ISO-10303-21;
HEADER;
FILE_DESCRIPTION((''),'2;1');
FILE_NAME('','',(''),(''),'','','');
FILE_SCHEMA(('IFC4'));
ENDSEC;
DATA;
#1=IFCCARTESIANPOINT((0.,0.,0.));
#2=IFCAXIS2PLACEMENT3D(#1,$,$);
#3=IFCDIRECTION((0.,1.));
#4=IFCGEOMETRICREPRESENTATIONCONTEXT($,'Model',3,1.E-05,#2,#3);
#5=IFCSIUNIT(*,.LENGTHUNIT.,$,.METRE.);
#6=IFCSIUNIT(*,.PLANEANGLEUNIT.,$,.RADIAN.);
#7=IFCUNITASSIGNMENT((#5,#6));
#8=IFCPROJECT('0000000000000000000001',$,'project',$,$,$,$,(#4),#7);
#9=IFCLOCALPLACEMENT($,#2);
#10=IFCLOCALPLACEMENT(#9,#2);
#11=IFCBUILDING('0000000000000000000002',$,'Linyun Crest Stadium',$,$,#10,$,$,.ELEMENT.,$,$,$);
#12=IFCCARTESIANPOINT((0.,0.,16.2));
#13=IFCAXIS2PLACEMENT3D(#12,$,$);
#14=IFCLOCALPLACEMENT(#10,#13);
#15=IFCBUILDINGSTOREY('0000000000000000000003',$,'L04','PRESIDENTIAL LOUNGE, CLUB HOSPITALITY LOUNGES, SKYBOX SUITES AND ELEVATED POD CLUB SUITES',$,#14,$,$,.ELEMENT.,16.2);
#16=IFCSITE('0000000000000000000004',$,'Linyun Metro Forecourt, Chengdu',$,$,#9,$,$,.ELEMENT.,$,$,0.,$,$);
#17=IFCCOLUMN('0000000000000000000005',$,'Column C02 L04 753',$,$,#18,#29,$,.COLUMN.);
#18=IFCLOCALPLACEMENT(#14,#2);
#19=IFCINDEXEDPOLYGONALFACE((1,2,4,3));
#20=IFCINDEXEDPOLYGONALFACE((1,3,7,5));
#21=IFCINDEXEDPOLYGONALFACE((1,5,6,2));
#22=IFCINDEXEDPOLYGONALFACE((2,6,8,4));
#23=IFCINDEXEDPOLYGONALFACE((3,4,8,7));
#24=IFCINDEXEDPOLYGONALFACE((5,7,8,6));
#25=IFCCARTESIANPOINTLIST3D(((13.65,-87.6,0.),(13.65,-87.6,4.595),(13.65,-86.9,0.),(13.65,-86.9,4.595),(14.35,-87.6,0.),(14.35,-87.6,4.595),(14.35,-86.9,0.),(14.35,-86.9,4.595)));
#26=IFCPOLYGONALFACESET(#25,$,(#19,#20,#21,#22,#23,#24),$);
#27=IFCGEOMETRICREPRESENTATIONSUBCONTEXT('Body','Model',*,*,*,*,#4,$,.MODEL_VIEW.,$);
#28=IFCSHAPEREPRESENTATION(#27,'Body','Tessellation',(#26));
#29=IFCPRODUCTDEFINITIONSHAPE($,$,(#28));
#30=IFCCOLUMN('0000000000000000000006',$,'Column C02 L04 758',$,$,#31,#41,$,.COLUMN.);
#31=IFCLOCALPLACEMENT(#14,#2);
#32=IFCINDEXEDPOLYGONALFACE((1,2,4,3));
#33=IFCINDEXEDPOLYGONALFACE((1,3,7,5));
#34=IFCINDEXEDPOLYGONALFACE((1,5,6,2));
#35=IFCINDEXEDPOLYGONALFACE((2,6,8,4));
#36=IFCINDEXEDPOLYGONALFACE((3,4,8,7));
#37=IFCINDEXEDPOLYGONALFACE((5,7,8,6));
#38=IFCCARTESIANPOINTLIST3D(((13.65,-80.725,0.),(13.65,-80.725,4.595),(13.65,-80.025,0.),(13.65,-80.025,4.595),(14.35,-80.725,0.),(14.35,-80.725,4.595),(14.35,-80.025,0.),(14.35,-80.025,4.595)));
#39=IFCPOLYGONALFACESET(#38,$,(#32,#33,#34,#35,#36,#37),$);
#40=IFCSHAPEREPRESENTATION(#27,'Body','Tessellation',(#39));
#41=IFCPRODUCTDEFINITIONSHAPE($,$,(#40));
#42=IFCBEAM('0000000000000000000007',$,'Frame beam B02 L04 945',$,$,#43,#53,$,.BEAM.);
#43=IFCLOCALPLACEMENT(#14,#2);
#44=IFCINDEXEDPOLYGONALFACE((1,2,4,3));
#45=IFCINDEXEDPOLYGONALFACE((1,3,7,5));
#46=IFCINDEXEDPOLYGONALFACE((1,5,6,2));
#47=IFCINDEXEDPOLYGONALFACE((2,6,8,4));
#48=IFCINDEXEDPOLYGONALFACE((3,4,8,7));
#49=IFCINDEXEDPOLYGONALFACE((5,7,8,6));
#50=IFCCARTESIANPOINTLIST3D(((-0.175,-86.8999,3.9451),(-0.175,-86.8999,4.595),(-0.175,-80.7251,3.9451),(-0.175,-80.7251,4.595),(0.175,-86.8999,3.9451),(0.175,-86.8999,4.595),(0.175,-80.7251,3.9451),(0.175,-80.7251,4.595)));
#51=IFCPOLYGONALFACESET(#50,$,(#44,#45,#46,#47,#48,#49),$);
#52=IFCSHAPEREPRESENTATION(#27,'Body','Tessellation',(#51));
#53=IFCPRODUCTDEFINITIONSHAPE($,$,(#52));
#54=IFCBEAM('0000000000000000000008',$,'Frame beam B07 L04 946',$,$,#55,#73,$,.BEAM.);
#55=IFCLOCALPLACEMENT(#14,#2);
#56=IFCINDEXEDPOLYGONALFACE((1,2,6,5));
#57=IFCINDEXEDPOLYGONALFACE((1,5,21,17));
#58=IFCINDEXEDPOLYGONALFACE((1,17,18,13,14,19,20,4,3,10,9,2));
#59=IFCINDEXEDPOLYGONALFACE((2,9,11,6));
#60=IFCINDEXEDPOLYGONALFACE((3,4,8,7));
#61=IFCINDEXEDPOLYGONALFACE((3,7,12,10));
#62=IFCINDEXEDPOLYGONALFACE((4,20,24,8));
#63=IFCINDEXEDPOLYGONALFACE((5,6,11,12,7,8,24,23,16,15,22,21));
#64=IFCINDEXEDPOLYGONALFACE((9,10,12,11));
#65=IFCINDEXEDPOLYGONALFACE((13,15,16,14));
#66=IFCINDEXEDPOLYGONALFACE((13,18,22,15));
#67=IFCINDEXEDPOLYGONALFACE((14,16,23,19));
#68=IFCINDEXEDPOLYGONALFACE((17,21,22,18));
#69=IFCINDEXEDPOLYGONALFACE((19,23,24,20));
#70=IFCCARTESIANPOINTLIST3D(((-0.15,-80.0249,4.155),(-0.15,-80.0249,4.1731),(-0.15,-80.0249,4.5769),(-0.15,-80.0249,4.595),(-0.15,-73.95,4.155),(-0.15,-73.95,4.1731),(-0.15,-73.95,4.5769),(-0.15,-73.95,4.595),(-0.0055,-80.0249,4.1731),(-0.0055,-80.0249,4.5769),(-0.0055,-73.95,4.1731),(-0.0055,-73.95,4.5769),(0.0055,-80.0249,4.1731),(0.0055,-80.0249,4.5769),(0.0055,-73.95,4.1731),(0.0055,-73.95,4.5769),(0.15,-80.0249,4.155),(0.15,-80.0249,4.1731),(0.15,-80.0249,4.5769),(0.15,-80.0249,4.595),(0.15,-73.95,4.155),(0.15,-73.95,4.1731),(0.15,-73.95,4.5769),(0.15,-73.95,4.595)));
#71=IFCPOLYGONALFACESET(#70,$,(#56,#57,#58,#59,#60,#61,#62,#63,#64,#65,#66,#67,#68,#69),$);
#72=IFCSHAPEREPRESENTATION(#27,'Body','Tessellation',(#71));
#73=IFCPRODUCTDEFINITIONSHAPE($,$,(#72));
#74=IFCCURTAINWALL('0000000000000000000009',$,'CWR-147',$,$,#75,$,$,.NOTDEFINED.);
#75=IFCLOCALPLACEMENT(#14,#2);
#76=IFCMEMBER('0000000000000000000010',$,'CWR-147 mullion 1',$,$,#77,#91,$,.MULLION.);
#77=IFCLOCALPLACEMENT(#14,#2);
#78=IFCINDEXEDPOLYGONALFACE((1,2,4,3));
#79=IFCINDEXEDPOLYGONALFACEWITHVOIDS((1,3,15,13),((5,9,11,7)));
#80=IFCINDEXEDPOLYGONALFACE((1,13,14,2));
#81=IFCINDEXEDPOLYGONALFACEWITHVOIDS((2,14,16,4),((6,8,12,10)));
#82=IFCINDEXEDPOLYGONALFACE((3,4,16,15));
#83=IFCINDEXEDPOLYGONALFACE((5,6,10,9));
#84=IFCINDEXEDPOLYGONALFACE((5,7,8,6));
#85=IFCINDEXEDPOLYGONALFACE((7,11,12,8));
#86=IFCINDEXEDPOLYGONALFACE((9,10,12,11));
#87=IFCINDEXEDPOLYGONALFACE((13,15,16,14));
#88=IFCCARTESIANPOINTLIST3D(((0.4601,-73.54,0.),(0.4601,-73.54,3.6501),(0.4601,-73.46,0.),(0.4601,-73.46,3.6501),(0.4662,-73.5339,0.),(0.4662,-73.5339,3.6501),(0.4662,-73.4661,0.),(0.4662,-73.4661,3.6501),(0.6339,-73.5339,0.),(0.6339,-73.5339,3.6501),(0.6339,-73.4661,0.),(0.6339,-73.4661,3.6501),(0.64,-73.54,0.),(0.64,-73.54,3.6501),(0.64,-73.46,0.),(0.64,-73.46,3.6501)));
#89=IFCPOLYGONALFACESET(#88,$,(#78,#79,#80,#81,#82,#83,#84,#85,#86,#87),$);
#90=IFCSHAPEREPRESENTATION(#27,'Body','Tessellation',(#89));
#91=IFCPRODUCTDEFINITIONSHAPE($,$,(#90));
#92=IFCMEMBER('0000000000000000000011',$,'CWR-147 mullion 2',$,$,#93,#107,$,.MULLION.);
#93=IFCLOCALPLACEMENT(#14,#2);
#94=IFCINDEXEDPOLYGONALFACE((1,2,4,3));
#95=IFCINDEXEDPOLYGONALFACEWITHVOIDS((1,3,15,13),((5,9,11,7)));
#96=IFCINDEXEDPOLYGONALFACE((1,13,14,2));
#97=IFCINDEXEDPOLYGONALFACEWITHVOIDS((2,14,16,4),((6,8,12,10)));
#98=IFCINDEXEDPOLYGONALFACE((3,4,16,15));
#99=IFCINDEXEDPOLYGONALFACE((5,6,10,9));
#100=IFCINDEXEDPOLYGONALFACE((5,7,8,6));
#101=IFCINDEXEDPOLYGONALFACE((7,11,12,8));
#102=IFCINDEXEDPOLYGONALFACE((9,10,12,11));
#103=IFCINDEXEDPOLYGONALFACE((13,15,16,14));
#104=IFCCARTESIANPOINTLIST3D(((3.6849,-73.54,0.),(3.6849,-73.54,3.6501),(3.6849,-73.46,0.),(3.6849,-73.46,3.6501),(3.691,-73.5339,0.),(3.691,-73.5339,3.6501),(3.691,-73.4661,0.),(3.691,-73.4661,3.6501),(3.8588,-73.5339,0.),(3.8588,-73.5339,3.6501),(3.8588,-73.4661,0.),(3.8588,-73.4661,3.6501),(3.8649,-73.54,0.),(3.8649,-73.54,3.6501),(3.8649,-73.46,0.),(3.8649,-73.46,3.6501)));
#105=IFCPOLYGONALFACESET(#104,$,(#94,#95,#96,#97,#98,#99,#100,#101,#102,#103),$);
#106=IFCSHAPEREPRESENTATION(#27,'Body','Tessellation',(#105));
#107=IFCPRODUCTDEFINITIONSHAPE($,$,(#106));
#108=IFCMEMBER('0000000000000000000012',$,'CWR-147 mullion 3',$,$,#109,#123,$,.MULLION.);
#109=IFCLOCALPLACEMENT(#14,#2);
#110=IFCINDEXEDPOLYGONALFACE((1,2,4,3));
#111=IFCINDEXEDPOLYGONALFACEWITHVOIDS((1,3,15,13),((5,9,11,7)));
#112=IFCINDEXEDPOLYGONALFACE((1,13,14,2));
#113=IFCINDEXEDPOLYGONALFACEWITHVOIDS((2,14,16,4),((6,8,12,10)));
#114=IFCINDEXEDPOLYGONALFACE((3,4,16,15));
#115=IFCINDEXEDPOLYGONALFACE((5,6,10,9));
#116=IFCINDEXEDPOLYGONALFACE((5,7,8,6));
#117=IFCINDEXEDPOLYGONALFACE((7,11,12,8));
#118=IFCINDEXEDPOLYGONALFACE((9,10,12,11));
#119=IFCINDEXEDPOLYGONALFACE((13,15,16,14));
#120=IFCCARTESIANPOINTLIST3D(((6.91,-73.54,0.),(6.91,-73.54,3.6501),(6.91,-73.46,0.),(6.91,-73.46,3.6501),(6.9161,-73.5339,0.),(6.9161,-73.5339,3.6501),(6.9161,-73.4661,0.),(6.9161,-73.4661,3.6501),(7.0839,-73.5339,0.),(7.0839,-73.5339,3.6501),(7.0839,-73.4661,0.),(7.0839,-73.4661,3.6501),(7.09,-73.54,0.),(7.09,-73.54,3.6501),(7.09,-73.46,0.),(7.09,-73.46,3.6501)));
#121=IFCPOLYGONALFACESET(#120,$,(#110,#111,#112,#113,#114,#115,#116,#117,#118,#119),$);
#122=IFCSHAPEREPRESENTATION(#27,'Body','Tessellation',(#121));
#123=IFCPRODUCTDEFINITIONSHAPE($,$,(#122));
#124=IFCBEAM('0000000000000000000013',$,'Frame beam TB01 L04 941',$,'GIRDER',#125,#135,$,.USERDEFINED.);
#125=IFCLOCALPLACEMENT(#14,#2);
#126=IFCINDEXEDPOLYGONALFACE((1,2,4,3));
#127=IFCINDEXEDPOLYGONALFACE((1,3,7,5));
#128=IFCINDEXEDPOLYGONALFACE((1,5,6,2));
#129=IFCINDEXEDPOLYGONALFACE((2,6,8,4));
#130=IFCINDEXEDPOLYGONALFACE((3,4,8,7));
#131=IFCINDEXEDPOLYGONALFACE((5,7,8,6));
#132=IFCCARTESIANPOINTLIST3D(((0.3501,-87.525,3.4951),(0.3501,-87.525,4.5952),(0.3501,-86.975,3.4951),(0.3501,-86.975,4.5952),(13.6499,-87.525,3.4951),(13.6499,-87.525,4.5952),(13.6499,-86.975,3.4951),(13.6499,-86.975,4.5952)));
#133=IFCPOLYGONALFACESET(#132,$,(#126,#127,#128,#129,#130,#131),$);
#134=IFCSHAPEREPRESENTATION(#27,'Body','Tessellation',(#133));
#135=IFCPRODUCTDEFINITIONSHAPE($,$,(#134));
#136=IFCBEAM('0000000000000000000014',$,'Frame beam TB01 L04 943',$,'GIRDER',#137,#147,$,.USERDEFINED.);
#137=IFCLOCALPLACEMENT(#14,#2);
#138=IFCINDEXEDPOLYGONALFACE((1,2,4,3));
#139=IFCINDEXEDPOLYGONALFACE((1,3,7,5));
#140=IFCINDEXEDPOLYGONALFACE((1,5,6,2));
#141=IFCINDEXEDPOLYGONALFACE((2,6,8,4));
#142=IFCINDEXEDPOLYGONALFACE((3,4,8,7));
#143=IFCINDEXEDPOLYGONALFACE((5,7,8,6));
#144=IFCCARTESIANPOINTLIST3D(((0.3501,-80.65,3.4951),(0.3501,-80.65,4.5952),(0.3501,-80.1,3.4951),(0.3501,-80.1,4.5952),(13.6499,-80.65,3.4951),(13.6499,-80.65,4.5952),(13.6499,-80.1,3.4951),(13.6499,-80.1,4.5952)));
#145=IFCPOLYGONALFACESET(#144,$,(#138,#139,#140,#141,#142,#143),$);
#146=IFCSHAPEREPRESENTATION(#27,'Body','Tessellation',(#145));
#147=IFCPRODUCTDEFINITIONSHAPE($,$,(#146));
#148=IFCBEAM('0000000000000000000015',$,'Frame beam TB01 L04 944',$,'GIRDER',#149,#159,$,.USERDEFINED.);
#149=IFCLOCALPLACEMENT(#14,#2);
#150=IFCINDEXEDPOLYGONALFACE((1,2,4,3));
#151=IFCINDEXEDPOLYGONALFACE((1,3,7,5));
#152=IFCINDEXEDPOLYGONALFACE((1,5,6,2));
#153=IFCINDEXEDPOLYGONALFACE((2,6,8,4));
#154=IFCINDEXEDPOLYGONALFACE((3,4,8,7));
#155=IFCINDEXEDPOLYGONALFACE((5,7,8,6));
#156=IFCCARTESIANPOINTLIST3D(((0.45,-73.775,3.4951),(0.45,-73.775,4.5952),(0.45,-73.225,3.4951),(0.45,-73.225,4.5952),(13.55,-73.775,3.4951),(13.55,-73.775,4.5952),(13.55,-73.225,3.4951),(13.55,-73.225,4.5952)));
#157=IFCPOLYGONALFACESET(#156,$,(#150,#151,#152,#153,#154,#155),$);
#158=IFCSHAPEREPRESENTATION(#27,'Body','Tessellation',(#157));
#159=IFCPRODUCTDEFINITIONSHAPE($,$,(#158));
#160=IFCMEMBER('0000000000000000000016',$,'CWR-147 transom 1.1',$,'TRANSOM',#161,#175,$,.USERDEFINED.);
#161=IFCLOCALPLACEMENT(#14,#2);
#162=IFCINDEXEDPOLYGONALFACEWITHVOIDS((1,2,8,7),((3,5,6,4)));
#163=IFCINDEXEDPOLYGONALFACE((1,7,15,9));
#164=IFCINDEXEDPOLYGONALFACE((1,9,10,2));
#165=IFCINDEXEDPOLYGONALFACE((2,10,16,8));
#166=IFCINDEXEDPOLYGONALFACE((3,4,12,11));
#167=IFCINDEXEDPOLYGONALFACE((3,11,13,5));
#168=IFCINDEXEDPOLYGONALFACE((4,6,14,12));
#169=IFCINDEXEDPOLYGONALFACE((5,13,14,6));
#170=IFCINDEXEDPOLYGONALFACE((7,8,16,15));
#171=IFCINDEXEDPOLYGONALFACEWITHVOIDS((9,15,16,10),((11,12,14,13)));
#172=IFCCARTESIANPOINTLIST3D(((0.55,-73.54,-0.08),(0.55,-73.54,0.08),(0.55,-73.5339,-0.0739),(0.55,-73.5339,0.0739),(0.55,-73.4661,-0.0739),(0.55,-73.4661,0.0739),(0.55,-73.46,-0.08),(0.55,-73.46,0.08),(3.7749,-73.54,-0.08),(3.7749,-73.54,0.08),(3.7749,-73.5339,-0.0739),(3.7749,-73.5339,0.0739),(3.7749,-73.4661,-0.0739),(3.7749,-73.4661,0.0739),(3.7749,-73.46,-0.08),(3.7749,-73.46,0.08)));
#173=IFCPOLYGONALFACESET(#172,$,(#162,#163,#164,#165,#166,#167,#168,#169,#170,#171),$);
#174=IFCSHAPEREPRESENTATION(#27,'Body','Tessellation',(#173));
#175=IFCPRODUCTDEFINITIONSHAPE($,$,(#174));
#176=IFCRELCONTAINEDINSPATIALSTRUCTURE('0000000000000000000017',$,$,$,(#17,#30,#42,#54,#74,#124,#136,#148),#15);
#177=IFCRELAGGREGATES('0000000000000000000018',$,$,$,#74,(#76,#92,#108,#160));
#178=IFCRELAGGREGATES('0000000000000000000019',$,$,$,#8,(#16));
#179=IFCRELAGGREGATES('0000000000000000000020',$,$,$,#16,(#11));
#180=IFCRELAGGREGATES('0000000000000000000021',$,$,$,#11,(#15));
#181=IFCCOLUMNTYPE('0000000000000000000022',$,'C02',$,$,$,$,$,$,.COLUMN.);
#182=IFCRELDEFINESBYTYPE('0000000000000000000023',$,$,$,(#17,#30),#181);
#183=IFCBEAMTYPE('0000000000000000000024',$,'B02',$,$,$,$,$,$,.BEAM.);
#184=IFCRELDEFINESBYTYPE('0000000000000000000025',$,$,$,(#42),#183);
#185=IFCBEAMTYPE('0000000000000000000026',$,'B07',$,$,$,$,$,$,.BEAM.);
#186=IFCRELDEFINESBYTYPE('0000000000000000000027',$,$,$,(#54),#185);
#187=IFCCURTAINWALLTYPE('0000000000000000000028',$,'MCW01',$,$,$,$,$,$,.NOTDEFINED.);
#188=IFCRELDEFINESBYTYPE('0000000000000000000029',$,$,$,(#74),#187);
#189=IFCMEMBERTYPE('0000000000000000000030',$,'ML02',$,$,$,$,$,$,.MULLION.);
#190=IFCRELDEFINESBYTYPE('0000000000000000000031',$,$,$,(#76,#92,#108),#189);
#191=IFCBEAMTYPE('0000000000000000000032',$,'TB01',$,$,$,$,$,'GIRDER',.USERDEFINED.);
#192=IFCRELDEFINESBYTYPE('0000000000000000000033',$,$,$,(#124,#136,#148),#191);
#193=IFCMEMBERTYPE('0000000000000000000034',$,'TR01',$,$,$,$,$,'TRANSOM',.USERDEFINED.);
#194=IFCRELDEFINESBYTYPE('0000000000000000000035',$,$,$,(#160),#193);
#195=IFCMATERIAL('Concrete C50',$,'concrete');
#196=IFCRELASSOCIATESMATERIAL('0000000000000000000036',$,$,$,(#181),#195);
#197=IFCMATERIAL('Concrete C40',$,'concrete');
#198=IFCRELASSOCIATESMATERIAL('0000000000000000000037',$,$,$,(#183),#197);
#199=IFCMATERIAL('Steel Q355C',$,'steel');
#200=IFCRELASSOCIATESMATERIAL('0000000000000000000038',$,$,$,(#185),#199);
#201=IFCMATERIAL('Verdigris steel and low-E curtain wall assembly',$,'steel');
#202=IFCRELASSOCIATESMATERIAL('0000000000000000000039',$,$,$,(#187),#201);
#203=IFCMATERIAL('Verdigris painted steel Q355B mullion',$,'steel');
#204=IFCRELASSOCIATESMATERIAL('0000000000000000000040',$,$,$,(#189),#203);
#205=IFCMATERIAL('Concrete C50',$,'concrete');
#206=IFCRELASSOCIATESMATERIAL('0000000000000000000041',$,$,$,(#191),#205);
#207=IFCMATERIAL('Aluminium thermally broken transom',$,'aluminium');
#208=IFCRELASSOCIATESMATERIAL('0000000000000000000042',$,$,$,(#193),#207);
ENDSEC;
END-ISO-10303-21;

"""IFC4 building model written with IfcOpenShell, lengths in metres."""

from ifc_helpers import new_model, si_unit, direction, frame, origin, origin_2d, place, context, subcontext, project, spatial, rectangle, hollow_rectangle, i_section, extrude, material, material_profile, profile_set, type_object, element, aggregate, save


model = new_model("IFC4")

# Units and contexts
model_context = context("Model", 3, precision=1e-05, world=origin(), true_north=direction((0.0, 1.0)))
body_context = subcontext(model_context, "Body", "Model", "MODEL_VIEW")
ifc_project = project(units=[si_unit("LENGTHUNIT", "METRE"), si_unit("PLANEANGLEUNIT", "RADIAN")], contexts=[model_context])

# Site, building, storey
site_placement = place(None, origin())
site = spatial("IfcSite", under=ifc_project, at=site_placement, Name="Linyun Metro Forecourt, Chengdu", CompositionType="ELEMENT", RefElevation=0.0)
building_placement = place(site_placement, origin())
building = spatial("IfcBuilding", under=site, at=building_placement, Name="Linyun Crest Stadium", CompositionType="ELEMENT")
storey_placement = place(building_placement, frame((0.0, 0.0, 16.2)))
storey = spatial("IfcBuildingStorey", under=building, at=storey_placement, Name="L04", Description="PRESIDENTIAL LOUNGE, CLUB HOSPITALITY LOUNGES, SKYBOX SUITES AND ELEVATED POD CLUB SUITES", CompositionType="ELEMENT", Elevation=16.2)

# Columns
ifc_material_1 = material(Name="Concrete C50", Category="concrete")
ifc_material_profile_1 = material_profile(ifc_material_1, rectangle(XDim=0.7, YDim=0.7, at=origin_2d()), Name="RC 700x700")
ifc_profile_set_1 = profile_set([ifc_material_profile_1], Name="Concrete C50")
column_type = type_object("IfcColumnType", Name="C02", PredefinedType="COLUMN", material=ifc_profile_set_1)
for number, where, z_axis, x_axis, name in (
    (1, (14.0, -87.25, 0.0), (0.0, 0.0, 1.0), (1.0, 0.0, 0.0), "Column C02 L04 753"),
    (2, (14.0, -80.375, 0.0), (0.0, 0.0, 1.0), (1.0, 0.0, 0.0), "Column C02 L04 758"),
):
    element("IfcColumn", number, at=place(storey_placement, frame(where, z_axis=z_axis, x_axis=x_axis)), inside=storey, type_object=column_type, Name=name, PredefinedType="COLUMN", context=body_context, shape_type="SweptSolid", body=[
        extrude(rectangle(XDim=0.7, YDim=0.7, at=origin_2d()), origin(), (0.0, 0.0, 1.0), 4.595),
    ])

# Beams
ifc_material_2 = material(Name="Concrete C40", Category="concrete")
ifc_material_profile_2 = material_profile(ifc_material_2, rectangle(XDim=0.3501, YDim=0.6499, at=origin_2d()), Name="RCB 650x350")
ifc_profile_set_2 = profile_set([ifc_material_profile_2], Name="Concrete C40")
beam_type_1 = type_object("IfcBeamType", Name="B02", PredefinedType="BEAM", material=ifc_profile_set_2)
beam_1_placement = place(storey_placement, frame((0.0, -86.8999, 4.27), z_axis=(0.0, 1.0, 0.0), x_axis=(-1.0, 0.0, 0.0)))
element("IfcBeam", 3, at=beam_1_placement, inside=storey, type_object=beam_type_1, Name="Frame beam B02 L04 945", PredefinedType="BEAM", context=body_context, shape_type="SweptSolid", body=[
    extrude(rectangle(XDim=0.3501, YDim=0.6499, at=origin_2d()), origin(), (0.0, 0.0, 1.0), 6.1748),
])
ifc_material_3 = material(Name="Steel Q355C", Category="steel")
ifc_material_profile_3 = material_profile(ifc_material_3, i_section(OverallWidth=0.3, OverallDepth=0.4399, WebThickness=0.011, FlangeThickness=0.0181, at=origin_2d()), Name="HM 440x300")
ifc_profile_set_3 = profile_set([ifc_material_profile_3], Name="Steel Q355C")
beam_type_2 = type_object("IfcBeamType", Name="B07", PredefinedType="BEAM", material=ifc_profile_set_3)
beam_2_placement = place(storey_placement, frame((0.0, -80.0249, 4.375), z_axis=(0.0, 1.0, 0.0), x_axis=(-1.0, 0.0, 0.0)))
element("IfcBeam", 4, at=beam_2_placement, inside=storey, type_object=beam_type_2, Name="Frame beam B07 L04 946", PredefinedType="BEAM", context=body_context, shape_type="SweptSolid", body=[
    extrude(i_section(OverallWidth=0.3, OverallDepth=0.4399, WebThickness=0.011, FlangeThickness=0.0181, at=origin_2d()), origin(), (0.0, 0.0, 1.0), 6.075),
])

# Curtain wall, members
ifc_material_4 = material(Name="Verdigris steel and low-E curtain wall assembly", Category="steel")
curtain_wall_type = type_object("IfcCurtainWallType", Name="MCW01", PredefinedType="NOTDEFINED", material=ifc_material_4)
curtain_wall_placement = place(storey_placement, origin())
curtain_wall = element("IfcCurtainWall", 5, at=curtain_wall_placement, inside=storey, type_object=curtain_wall_type, Name="CWR-147", PredefinedType="NOTDEFINED")
ifc_material_5 = material(Name="Verdigris painted steel Q355B mullion", Category="steel")
ifc_material_profile_4 = material_profile(ifc_material_5, hollow_rectangle(XDim=0.0801, YDim=0.1799, WallThickness=0.0061, at=origin_2d()), Name="RHS 180x80x6")
ifc_profile_set_4 = profile_set([ifc_material_profile_4], Name="Verdigris painted steel Q355B mullion")
member_type_1 = type_object("IfcMemberType", Name="ML02", PredefinedType="MULLION", material=ifc_profile_set_4)
member_1_placement = place(storey_placement, frame((0.55, -73.5, 0.0), z_axis=(0.0, 0.0, 1.0), x_axis=(0.0, 1.0, 0.0)))
member_1 = element("IfcMember", 6, at=member_1_placement, type_object=member_type_1, Name="CWR-147 mullion 1", PredefinedType="MULLION", context=body_context, shape_type="SweptSolid", body=[
    extrude(hollow_rectangle(XDim=0.0801, YDim=0.1799, WallThickness=0.0061, at=origin_2d()), origin(), (0.0, 0.0, 1.0), 3.6501),
])
member_2_placement = place(storey_placement, frame((3.7749, -73.5, 0.0), z_axis=(0.0, 0.0, 1.0), x_axis=(0.0, 1.0, 0.0)))
member_2 = element("IfcMember", 7, at=member_2_placement, type_object=member_type_1, Name="CWR-147 mullion 2", PredefinedType="MULLION", context=body_context, shape_type="SweptSolid", body=[
    extrude(hollow_rectangle(XDim=0.0801, YDim=0.1799, WallThickness=0.0061, at=origin_2d()), origin(), (0.0, 0.0, 1.0), 3.6501),
])
member_3_placement = place(storey_placement, frame((7.0, -73.5, 0.0), z_axis=(0.0, 0.0, 1.0), x_axis=(0.0, 1.0, 0.0)))
member_3 = element("IfcMember", 8, at=member_3_placement, type_object=member_type_1, Name="CWR-147 mullion 3", PredefinedType="MULLION", context=body_context, shape_type="SweptSolid", body=[
    extrude(hollow_rectangle(XDim=0.0801, YDim=0.1799, WallThickness=0.0061, at=origin_2d()), origin(), (0.0, 0.0, 1.0), 3.6501),
])

# Beams
ifc_material_6 = material(Name="Concrete C50", Category="concrete")
ifc_material_profile_5 = material_profile(ifc_material_6, rectangle(XDim=0.55, YDim=1.1001, at=origin_2d()), Name="RCB 1100x550")
ifc_profile_set_5 = profile_set([ifc_material_profile_5], Name="Concrete C50")
beam_type_3 = type_object("IfcBeamType", Name="TB01", ElementType="GIRDER", PredefinedType="USERDEFINED", material=ifc_profile_set_5)
for number, where, z_axis, x_axis, name in (
    (9, (0.3501, -87.25, 4.0452), (1.0, 0.0, 0.0), (0.0, 1.0, 0.0), "Frame beam TB01 L04 941"),
    (10, (0.3501, -80.375, 4.0452), (1.0, 0.0, 0.0), (0.0, 1.0, 0.0), "Frame beam TB01 L04 943"),
):
    element("IfcBeam", number, at=place(storey_placement, frame(where, z_axis=z_axis, x_axis=x_axis)), inside=storey, type_object=beam_type_3, Name=name, ObjectType="GIRDER", PredefinedType="USERDEFINED", context=body_context, shape_type="SweptSolid", body=[
        extrude(rectangle(XDim=0.55, YDim=1.1001, at=origin_2d()), origin(), (0.0, 0.0, 1.0), 13.2998),
    ])
beam_3_placement = place(storey_placement, frame((0.45, -73.5, 4.0452), z_axis=(1.0, 0.0, 0.0), x_axis=(0.0, 1.0, 0.0)))
element("IfcBeam", 11, at=beam_3_placement, inside=storey, type_object=beam_type_3, Name="Frame beam TB01 L04 944", ObjectType="GIRDER", PredefinedType="USERDEFINED", context=body_context, shape_type="SweptSolid", body=[
    extrude(rectangle(XDim=0.55, YDim=1.1001, at=origin_2d()), origin(), (0.0, 0.0, 1.0), 13.1001),
])

# Member
ifc_material_7 = material(Name="Aluminium thermally broken transom", Category="aluminium")
ifc_material_profile_6 = material_profile(ifc_material_7, hollow_rectangle(XDim=0.0801, YDim=0.1599, WallThickness=0.0061, at=origin_2d()), Name="RHS 160x80x6")
ifc_profile_set_6 = profile_set([ifc_material_profile_6], Name="Aluminium thermally broken transom")
member_type_2 = type_object("IfcMemberType", Name="TR01", ElementType="TRANSOM", PredefinedType="USERDEFINED", material=ifc_profile_set_6)
member_4_placement = place(storey_placement, frame((0.55, -73.5, 0.0), z_axis=(1.0, 0.0, 0.0), x_axis=(0.0, 1.0, 0.0)))
member_4 = element("IfcMember", 12, at=member_4_placement, type_object=member_type_2, Name="CWR-147 transom 1.1", ObjectType="TRANSOM", PredefinedType="USERDEFINED", context=body_context, shape_type="SweptSolid", body=[
    extrude(hollow_rectangle(XDim=0.0801, YDim=0.1599, WallThickness=0.0061, at=origin_2d()), origin(), (0.0, 0.0, 1.0), 3.2249),
])

aggregate(curtain_wall, [member_1, member_2, member_3, member_4])

save(model, "model.ifc")
